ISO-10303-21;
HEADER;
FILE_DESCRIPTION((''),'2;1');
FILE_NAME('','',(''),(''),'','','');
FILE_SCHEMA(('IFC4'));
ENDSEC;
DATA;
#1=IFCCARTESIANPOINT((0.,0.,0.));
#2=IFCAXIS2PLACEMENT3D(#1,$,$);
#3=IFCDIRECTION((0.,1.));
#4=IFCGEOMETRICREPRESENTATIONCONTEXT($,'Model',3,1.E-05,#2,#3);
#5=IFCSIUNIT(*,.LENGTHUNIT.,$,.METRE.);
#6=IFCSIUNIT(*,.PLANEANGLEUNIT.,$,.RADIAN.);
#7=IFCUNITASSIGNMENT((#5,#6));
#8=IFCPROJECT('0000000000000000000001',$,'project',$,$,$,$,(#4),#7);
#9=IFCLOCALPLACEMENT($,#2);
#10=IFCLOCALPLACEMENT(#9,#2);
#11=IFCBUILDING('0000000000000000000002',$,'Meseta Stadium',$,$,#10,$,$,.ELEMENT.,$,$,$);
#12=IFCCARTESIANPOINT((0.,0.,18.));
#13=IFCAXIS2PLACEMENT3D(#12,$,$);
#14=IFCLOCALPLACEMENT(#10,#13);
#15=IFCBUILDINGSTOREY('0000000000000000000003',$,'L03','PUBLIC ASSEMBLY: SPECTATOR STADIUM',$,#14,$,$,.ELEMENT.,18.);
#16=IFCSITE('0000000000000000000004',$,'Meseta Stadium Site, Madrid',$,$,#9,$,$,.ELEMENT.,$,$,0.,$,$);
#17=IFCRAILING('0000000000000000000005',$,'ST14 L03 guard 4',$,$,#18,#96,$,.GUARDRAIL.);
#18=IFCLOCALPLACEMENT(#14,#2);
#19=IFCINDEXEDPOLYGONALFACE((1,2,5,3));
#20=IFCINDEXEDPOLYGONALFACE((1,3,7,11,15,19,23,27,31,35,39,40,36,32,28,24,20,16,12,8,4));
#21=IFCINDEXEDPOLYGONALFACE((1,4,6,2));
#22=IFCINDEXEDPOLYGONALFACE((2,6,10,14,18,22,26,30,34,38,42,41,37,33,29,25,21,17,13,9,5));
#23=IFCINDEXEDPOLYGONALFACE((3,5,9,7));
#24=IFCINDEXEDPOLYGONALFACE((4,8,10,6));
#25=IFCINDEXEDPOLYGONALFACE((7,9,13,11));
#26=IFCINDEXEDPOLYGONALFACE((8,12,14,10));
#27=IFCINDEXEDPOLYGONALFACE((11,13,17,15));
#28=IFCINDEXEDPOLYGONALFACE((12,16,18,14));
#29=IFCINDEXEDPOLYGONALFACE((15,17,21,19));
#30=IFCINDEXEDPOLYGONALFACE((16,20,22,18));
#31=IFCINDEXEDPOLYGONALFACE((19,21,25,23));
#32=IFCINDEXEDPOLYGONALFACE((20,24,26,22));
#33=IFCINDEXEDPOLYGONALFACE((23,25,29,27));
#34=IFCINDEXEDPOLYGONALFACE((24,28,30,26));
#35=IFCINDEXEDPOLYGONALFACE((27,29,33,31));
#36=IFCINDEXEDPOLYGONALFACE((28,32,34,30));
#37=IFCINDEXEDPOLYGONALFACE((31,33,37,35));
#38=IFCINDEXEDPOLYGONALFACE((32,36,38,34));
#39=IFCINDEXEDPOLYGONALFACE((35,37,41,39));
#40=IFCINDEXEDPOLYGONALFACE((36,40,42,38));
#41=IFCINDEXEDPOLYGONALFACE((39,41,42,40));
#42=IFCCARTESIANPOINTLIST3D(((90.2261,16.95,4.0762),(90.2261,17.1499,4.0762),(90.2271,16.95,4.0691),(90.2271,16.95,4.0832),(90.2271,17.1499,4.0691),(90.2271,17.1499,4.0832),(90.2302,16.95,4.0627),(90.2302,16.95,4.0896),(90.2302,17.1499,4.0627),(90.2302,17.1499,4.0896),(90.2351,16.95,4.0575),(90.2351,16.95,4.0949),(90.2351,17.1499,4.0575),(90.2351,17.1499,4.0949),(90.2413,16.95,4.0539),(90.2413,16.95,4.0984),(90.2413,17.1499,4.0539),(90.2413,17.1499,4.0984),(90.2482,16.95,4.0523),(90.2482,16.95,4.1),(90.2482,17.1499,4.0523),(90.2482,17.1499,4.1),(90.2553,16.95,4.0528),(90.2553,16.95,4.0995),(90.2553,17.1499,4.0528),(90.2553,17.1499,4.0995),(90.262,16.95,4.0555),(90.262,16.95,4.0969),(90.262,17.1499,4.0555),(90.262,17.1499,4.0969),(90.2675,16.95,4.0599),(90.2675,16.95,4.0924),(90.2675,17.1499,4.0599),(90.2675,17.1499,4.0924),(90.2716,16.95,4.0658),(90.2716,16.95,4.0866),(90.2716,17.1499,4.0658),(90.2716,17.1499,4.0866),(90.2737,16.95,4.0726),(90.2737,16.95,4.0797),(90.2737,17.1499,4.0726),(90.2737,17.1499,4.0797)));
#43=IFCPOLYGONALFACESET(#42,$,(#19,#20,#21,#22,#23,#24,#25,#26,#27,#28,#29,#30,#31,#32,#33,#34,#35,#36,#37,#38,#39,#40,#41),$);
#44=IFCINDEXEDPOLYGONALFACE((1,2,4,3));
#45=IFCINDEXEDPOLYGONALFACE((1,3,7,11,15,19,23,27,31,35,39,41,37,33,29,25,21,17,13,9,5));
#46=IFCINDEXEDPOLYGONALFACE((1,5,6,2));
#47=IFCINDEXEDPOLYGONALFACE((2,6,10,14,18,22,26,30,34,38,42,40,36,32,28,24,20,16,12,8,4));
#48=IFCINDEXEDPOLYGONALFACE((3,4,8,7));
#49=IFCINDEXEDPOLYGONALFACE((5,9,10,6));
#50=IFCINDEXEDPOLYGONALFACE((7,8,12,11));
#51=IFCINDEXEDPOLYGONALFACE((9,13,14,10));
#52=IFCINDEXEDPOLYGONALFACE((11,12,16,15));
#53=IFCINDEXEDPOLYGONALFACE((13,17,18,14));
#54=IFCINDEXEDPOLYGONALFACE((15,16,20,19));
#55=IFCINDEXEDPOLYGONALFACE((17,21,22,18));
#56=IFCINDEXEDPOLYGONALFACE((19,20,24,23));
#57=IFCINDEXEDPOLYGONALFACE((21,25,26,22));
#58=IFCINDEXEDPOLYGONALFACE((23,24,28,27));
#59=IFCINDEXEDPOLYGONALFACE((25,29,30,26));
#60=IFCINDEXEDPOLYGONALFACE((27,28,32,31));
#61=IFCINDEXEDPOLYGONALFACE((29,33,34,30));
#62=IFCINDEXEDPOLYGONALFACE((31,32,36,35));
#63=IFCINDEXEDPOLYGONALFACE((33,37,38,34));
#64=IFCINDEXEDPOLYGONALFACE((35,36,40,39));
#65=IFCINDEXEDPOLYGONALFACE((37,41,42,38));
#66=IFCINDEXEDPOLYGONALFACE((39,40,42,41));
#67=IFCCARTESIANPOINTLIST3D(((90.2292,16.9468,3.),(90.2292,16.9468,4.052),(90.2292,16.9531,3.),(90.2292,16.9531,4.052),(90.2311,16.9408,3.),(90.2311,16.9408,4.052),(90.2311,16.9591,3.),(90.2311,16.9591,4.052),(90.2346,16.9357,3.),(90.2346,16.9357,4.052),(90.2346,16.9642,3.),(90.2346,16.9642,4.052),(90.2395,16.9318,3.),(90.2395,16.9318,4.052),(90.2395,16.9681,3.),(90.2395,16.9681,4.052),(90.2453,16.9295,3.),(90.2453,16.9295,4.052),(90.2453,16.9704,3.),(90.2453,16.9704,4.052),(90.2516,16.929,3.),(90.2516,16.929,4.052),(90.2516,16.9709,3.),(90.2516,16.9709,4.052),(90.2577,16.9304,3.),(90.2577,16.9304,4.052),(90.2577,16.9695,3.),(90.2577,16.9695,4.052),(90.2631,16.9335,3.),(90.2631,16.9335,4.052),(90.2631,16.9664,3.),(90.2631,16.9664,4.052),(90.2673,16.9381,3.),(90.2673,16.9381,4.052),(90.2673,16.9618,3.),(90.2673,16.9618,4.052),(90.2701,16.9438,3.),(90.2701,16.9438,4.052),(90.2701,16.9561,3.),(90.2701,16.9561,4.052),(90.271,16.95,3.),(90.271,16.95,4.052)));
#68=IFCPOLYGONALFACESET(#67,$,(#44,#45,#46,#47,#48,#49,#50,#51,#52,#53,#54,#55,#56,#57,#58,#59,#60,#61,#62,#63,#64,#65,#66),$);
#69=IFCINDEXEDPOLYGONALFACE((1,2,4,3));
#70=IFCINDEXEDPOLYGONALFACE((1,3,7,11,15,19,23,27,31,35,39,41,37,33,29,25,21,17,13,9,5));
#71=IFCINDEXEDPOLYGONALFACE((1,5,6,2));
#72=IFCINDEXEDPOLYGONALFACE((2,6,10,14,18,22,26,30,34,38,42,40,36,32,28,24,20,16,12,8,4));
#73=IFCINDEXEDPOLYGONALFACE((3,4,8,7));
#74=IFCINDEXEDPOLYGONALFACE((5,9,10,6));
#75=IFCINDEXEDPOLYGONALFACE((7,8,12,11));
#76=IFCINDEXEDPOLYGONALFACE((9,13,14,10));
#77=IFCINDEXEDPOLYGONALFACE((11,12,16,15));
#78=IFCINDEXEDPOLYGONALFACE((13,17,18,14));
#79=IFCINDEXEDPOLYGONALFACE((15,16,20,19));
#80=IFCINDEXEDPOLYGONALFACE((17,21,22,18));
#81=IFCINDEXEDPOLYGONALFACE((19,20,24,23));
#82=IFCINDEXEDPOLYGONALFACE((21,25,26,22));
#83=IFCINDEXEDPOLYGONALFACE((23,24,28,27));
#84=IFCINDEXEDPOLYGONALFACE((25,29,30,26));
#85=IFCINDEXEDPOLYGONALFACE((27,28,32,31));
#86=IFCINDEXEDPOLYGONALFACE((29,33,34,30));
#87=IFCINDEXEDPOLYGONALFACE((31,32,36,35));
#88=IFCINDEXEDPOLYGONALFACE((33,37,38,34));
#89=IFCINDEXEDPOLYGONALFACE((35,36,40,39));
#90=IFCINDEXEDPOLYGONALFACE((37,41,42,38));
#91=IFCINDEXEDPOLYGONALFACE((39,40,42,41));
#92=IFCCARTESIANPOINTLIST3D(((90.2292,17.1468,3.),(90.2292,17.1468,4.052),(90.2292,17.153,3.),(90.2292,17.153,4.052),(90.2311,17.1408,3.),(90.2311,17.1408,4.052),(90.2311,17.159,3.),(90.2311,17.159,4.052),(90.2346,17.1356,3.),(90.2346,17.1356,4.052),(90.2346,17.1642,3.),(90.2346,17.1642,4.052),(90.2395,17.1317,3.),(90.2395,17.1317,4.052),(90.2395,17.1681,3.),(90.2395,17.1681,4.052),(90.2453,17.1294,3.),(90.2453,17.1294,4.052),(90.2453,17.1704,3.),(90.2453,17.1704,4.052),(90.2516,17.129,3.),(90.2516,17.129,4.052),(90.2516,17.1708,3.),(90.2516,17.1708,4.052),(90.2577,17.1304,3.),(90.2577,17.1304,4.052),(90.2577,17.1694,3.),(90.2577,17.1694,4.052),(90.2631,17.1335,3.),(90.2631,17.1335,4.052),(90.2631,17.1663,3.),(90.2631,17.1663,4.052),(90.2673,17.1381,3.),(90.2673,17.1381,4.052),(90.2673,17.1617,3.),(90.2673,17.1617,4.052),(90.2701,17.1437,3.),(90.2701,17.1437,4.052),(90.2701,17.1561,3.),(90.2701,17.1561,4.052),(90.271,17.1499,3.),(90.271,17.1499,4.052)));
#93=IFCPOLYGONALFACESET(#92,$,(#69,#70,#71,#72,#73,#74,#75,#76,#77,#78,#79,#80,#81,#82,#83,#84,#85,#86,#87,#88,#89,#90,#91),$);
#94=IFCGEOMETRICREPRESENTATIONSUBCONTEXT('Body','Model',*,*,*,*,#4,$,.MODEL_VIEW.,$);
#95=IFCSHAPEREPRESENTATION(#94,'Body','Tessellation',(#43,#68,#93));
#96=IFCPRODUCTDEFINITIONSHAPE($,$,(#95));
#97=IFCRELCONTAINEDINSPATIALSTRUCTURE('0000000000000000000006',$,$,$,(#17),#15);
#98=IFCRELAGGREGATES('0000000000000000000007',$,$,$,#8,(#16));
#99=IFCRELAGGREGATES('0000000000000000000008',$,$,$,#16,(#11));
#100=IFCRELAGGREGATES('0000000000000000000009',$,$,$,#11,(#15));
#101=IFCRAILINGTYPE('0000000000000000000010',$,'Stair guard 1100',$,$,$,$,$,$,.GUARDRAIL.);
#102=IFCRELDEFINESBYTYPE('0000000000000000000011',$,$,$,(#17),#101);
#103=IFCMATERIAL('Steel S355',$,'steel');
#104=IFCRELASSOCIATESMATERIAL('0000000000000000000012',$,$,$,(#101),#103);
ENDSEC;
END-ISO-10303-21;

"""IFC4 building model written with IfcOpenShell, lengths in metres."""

from ifc_helpers import new_model, si_unit, direction, frame, origin, origin_2d, place, context, subcontext, project, spatial, circle, extrude, material, type_object, element, save


model = new_model("IFC4")

# Units and contexts
model_context = context("Model", 3, precision=1e-05, world=origin(), true_north=direction((0.0, 1.0)))
body_context = subcontext(model_context, "Body", "Model", "MODEL_VIEW")
ifc_project = project(units=[si_unit("LENGTHUNIT", "METRE"), si_unit("PLANEANGLEUNIT", "RADIAN")], contexts=[model_context])

# Site, building, storey
site_placement = place(None, origin())
site = spatial("IfcSite", under=ifc_project, at=site_placement, Name="Meseta Stadium Site, Madrid", CompositionType="ELEMENT", RefElevation=0.0)
building_placement = place(site_placement, origin())
building = spatial("IfcBuilding", under=site, at=building_placement, Name="Meseta Stadium", CompositionType="ELEMENT")
storey_placement = place(building_placement, frame((0.0, 0.0, 18.0)))
storey = spatial("IfcBuildingStorey", under=building, at=storey_placement, Name="L03", Description="PUBLIC ASSEMBLY: SPECTATOR STADIUM", CompositionType="ELEMENT", Elevation=18.0)

# Railing
ifc_material_1 = material(Name="Steel S355", Category="steel")
railing_type_1 = type_object("IfcRailingType", Name="Stair guard 1100", PredefinedType="GUARDRAIL", material=ifc_material_1)
railing_1_placement = place(storey_placement, frame((90.25, 16.95, 3.0)))
element("IfcRailing", 1, at=railing_1_placement, inside=storey, type_object=railing_type_1, Name="ST14 L03 guard 4", PredefinedType="GUARDRAIL", context=body_context, shape_type="SweptSolid", body=[
    extrude(circle(Radius=0.0239, at=origin_2d()), frame((0.0, 0.0, 1.0762), z_axis=(0.0, 1.0, 0.0), x_axis=(-1.0, 0.0, 0.0)), (0.0, 0.0, 1.0), 0.2),
    extrude(circle(Radius=0.021, at=origin_2d()), origin(), (0.0, 0.0, 1.0), 1.052),
    extrude(circle(Radius=0.021, at=origin_2d()), frame((0.0, 0.2, 0.0)), (0.0, 0.0, 1.0), 1.052),
])

save(model, "model.ifc")
